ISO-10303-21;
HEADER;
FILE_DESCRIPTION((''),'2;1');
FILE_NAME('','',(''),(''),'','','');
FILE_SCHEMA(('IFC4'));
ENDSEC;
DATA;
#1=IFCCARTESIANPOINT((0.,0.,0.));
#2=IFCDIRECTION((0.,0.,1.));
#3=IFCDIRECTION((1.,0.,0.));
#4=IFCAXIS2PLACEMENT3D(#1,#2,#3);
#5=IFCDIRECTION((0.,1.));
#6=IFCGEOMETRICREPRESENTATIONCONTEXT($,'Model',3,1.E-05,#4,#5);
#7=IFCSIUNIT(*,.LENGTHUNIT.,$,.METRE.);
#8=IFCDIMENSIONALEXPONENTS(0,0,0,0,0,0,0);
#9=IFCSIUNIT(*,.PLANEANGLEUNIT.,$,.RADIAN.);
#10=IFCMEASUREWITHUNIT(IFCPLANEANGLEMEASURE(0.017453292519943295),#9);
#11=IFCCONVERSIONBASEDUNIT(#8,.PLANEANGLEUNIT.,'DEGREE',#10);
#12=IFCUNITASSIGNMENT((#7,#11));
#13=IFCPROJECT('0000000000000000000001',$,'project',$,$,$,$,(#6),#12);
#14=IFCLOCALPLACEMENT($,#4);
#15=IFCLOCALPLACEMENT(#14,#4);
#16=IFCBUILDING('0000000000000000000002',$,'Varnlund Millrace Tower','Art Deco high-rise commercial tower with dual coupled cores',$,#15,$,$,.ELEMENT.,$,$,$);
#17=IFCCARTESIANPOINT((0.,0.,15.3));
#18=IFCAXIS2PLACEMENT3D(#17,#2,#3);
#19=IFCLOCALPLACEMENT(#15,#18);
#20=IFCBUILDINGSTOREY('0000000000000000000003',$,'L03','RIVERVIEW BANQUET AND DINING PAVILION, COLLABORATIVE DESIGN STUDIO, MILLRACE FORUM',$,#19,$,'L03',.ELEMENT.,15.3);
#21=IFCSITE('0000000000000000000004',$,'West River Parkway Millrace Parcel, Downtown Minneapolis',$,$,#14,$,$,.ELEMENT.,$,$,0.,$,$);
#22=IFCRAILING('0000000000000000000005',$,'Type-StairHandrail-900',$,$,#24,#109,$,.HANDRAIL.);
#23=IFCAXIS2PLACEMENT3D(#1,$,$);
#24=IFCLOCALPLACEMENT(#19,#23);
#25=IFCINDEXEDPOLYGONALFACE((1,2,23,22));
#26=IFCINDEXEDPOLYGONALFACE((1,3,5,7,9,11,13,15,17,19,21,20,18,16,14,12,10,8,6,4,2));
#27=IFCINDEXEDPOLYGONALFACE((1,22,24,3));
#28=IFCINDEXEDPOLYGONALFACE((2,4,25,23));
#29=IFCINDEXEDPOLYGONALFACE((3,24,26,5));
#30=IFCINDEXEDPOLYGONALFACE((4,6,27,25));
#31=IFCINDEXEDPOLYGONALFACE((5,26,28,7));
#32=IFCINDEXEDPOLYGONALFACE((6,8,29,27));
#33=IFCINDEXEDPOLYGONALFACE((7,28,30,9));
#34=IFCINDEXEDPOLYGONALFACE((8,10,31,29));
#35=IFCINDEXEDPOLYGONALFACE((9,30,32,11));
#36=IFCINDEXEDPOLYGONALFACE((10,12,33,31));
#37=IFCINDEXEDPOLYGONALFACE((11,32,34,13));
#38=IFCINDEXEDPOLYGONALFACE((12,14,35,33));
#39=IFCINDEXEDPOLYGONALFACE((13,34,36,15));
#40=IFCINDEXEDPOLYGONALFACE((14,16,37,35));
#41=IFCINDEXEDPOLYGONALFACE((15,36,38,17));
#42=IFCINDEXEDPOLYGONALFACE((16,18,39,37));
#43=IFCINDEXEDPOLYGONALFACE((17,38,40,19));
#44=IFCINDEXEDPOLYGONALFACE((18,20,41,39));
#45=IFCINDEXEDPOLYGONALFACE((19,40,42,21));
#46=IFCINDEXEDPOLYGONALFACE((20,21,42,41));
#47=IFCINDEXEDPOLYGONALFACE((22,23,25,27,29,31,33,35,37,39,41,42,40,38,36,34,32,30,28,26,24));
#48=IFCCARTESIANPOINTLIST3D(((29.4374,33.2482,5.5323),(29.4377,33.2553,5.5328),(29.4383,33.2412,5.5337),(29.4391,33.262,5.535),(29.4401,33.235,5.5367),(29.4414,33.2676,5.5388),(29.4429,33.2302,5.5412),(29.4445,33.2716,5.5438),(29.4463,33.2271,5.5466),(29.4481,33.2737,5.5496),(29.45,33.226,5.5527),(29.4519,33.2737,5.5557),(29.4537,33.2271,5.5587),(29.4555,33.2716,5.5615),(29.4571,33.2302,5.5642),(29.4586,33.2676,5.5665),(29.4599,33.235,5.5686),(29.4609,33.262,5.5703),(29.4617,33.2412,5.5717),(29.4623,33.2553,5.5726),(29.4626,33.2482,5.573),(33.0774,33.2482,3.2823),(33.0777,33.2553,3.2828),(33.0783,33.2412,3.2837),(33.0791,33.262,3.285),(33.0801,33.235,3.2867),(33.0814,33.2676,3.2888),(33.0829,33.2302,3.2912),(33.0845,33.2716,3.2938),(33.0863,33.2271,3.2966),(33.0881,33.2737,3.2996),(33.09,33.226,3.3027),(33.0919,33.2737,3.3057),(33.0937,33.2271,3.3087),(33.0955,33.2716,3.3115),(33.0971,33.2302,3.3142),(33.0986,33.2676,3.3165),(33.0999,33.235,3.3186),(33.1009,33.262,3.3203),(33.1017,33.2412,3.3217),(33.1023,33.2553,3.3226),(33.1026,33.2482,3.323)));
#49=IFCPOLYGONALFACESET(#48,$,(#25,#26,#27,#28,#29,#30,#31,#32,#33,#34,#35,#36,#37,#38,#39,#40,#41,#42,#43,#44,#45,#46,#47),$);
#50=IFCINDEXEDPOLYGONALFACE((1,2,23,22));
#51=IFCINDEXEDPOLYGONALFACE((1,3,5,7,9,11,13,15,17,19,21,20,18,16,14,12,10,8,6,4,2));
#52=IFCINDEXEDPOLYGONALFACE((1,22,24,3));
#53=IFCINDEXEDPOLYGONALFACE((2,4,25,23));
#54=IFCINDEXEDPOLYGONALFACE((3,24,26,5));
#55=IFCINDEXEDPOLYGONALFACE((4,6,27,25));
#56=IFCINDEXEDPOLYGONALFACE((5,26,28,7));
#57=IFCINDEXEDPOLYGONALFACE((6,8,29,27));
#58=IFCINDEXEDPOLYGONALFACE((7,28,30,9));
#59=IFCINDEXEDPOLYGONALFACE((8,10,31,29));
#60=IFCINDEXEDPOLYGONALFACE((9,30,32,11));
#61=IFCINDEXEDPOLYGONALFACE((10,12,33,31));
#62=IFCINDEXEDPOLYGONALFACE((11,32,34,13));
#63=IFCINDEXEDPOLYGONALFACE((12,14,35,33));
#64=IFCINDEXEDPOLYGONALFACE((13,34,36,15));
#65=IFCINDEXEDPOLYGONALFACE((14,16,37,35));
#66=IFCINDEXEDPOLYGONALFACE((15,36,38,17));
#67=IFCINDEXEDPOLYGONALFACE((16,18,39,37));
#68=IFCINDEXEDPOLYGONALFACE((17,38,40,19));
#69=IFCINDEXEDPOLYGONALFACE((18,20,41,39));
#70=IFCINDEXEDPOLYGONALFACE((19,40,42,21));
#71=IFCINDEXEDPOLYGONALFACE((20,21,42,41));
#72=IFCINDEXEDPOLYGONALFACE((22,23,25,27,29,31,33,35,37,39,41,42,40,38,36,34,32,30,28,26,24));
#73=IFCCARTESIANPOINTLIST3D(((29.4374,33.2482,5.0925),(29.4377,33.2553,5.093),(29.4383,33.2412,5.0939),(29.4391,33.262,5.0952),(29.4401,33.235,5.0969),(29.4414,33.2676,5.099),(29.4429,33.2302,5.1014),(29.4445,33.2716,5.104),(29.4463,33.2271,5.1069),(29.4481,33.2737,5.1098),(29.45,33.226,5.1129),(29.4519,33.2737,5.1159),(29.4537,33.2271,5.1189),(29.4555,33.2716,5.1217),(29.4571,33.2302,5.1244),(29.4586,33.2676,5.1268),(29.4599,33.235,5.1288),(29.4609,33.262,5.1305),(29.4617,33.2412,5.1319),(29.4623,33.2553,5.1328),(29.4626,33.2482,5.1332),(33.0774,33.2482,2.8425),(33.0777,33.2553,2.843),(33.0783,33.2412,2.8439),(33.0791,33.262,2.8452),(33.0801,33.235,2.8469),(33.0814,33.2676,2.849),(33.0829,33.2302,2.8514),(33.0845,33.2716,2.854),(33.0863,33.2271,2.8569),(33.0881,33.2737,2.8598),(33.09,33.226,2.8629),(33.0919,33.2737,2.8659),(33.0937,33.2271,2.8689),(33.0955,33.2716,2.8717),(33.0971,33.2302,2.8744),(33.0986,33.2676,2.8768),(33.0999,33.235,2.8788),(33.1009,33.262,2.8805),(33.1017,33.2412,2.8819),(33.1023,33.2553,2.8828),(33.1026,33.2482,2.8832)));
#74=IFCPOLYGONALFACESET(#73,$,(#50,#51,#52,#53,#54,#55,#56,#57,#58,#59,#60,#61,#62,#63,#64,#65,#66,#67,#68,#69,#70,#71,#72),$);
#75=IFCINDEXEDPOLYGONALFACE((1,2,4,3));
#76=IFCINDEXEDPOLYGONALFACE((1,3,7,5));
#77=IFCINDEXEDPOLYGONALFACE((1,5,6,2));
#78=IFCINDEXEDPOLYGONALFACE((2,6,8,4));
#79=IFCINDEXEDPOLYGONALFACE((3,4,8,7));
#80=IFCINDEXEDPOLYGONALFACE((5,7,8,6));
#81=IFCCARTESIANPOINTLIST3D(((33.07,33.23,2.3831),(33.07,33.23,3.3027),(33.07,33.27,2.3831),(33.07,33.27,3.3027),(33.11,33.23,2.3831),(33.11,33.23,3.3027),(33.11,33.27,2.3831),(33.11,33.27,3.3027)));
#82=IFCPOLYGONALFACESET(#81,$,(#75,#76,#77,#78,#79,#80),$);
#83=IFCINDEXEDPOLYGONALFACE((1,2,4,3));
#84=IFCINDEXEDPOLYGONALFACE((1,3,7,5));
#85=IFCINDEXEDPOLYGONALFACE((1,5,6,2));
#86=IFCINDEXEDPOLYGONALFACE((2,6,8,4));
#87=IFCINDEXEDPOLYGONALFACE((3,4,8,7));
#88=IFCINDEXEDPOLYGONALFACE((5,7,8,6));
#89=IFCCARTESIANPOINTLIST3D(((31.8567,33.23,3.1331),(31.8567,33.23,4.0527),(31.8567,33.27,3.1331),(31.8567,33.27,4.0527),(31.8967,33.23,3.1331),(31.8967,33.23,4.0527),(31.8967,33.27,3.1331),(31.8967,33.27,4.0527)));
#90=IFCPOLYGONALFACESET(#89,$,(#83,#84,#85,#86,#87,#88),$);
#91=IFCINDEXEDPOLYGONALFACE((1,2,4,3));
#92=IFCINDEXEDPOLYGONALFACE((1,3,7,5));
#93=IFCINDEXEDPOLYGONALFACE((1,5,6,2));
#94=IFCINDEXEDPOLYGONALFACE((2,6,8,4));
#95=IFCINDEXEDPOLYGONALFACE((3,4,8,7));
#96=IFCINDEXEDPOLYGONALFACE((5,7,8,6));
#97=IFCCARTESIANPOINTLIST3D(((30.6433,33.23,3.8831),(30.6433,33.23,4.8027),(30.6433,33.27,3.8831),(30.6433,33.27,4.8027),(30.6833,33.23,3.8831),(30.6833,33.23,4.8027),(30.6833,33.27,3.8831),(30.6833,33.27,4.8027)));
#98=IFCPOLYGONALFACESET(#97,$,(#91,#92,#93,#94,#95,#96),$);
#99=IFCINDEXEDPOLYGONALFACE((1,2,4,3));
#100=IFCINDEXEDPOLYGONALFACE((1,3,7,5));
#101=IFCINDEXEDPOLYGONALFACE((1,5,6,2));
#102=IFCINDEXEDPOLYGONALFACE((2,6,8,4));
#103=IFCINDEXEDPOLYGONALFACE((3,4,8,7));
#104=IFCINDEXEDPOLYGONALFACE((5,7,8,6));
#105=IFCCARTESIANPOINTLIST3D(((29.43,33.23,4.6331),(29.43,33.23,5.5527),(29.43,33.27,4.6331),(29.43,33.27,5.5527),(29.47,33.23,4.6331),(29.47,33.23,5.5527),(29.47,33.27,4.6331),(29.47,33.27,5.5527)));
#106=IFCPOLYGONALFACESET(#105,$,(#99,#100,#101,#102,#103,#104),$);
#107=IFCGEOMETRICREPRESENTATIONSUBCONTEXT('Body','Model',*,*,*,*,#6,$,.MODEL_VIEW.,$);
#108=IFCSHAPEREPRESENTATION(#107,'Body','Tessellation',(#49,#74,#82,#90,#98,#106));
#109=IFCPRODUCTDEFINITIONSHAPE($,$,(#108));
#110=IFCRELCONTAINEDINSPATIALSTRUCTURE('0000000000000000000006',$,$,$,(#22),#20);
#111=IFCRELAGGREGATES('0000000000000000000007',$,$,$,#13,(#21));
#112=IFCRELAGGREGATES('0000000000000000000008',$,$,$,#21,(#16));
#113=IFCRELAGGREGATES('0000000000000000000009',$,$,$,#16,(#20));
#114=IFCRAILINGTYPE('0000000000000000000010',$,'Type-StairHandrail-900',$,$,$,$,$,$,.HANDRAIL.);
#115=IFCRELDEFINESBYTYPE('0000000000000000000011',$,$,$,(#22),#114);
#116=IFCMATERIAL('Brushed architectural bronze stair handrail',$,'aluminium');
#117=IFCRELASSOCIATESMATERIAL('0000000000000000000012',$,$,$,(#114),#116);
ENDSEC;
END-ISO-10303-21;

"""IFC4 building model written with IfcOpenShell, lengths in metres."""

from ifc_helpers import new_model, entity, si_unit, converted_unit, direction, frame, origin_with_axes, origin_2d_with_axis, place, context, subcontext, project, spatial, rectangle, circle, extrude, material, type_object, element, save


model = new_model("IFC4")

# Units and contexts
model_context = context("Model", 3, precision=1e-05, world=origin_with_axes(), true_north=direction((0.0, 1.0)))
body_context = subcontext(model_context, "Body", "Model", "MODEL_VIEW")
ifc_project = project(units=[si_unit("LENGTHUNIT", "METRE"), converted_unit("PLANEANGLEUNIT", "DEGREE", entity("IfcPlaneAngleMeasure", 0.017453292519943295), si_unit("PLANEANGLEUNIT", "RADIAN"), dimensions=[0, 0, 0, 0, 0, 0, 0])], contexts=[model_context])

# Site, building, storey
site_placement = place(None, origin_with_axes())
site = spatial("IfcSite", under=ifc_project, at=site_placement, Name="West River Parkway Millrace Parcel, Downtown Minneapolis", CompositionType="ELEMENT", RefElevation=0.0)
building_placement = place(site_placement, origin_with_axes())
building = spatial("IfcBuilding", under=site, at=building_placement, Name="Varnlund Millrace Tower", Description="Art Deco high-rise commercial tower with dual coupled cores", CompositionType="ELEMENT")
storey_placement = place(building_placement, frame((0.0, 0.0, 15.3), z_axis=(0.0, 0.0, 1.0), x_axis=(1.0, 0.0, 0.0)))
storey = spatial("IfcBuildingStorey", under=building, at=storey_placement, Name="L03", Description="RIVERVIEW BANQUET AND DINING PAVILION, COLLABORATIVE DESIGN STUDIO, MILLRACE FORUM", LongName="L03", CompositionType="ELEMENT", Elevation=15.3)

# Railing
ifc_material_1 = material(Name="Brushed architectural bronze stair handrail", Category="aluminium")
railing_type_1 = type_object("IfcRailingType", Name="Type-StairHandrail-900", PredefinedType="HANDRAIL", material=ifc_material_1)
railing_1_placement = place(storey_placement, frame((0.0, 0.0, -15.3), z_axis=(0.0, 0.0, 1.0), x_axis=(1.0, 0.0, 0.0)))
element("IfcRailing", 1, at=railing_1_placement, inside=storey, type_object=railing_type_1, Name="Type-StairHandrail-900", PredefinedType="HANDRAIL", context=body_context, shape_type="SweptSolid", body=[
    extrude(circle(Radius=0.024, at=origin_2d_with_axis()), frame((33.09, 33.25, 18.6027), z_axis=(-0.850614, 0.0, 0.525791), x_axis=(0.0, -1.0, 0.0)), (0.0, 0.0, 1.0), 4.2793),
    extrude(circle(Radius=0.024, at=origin_2d_with_axis()), frame((33.09, 33.25, 18.1629), z_axis=(-0.850614, 0.0, 0.525791), x_axis=(0.0, -1.0, 0.0)), (0.0, 0.0, 1.0), 4.2793),
    extrude(rectangle(XDim=0.04, YDim=0.04, at=origin_2d_with_axis()), frame((33.09, 33.25, 17.6831), z_axis=(0.0, 0.0, 1.0), x_axis=(1.0, 0.0, 0.0)), (0.0, 0.0, 1.0), 0.9196),
    extrude(rectangle(XDim=0.04, YDim=0.04, at=origin_2d_with_axis()), frame((31.8767, 33.25, 18.4331), z_axis=(0.0, 0.0, 1.0), x_axis=(1.0, 0.0, 0.0)), (0.0, 0.0, 1.0), 0.9196),
    extrude(rectangle(XDim=0.04, YDim=0.04, at=origin_2d_with_axis()), frame((30.6633, 33.25, 19.1831), z_axis=(0.0, 0.0, 1.0), x_axis=(1.0, 0.0, 0.0)), (0.0, 0.0, 1.0), 0.9196),
    extrude(rectangle(XDim=0.04, YDim=0.04, at=origin_2d_with_axis()), frame((29.45, 33.25, 19.9331), z_axis=(0.0, 0.0, 1.0), x_axis=(1.0, 0.0, 0.0)), (0.0, 0.0, 1.0), 0.9196),
])

save(model, "model.ifc")
